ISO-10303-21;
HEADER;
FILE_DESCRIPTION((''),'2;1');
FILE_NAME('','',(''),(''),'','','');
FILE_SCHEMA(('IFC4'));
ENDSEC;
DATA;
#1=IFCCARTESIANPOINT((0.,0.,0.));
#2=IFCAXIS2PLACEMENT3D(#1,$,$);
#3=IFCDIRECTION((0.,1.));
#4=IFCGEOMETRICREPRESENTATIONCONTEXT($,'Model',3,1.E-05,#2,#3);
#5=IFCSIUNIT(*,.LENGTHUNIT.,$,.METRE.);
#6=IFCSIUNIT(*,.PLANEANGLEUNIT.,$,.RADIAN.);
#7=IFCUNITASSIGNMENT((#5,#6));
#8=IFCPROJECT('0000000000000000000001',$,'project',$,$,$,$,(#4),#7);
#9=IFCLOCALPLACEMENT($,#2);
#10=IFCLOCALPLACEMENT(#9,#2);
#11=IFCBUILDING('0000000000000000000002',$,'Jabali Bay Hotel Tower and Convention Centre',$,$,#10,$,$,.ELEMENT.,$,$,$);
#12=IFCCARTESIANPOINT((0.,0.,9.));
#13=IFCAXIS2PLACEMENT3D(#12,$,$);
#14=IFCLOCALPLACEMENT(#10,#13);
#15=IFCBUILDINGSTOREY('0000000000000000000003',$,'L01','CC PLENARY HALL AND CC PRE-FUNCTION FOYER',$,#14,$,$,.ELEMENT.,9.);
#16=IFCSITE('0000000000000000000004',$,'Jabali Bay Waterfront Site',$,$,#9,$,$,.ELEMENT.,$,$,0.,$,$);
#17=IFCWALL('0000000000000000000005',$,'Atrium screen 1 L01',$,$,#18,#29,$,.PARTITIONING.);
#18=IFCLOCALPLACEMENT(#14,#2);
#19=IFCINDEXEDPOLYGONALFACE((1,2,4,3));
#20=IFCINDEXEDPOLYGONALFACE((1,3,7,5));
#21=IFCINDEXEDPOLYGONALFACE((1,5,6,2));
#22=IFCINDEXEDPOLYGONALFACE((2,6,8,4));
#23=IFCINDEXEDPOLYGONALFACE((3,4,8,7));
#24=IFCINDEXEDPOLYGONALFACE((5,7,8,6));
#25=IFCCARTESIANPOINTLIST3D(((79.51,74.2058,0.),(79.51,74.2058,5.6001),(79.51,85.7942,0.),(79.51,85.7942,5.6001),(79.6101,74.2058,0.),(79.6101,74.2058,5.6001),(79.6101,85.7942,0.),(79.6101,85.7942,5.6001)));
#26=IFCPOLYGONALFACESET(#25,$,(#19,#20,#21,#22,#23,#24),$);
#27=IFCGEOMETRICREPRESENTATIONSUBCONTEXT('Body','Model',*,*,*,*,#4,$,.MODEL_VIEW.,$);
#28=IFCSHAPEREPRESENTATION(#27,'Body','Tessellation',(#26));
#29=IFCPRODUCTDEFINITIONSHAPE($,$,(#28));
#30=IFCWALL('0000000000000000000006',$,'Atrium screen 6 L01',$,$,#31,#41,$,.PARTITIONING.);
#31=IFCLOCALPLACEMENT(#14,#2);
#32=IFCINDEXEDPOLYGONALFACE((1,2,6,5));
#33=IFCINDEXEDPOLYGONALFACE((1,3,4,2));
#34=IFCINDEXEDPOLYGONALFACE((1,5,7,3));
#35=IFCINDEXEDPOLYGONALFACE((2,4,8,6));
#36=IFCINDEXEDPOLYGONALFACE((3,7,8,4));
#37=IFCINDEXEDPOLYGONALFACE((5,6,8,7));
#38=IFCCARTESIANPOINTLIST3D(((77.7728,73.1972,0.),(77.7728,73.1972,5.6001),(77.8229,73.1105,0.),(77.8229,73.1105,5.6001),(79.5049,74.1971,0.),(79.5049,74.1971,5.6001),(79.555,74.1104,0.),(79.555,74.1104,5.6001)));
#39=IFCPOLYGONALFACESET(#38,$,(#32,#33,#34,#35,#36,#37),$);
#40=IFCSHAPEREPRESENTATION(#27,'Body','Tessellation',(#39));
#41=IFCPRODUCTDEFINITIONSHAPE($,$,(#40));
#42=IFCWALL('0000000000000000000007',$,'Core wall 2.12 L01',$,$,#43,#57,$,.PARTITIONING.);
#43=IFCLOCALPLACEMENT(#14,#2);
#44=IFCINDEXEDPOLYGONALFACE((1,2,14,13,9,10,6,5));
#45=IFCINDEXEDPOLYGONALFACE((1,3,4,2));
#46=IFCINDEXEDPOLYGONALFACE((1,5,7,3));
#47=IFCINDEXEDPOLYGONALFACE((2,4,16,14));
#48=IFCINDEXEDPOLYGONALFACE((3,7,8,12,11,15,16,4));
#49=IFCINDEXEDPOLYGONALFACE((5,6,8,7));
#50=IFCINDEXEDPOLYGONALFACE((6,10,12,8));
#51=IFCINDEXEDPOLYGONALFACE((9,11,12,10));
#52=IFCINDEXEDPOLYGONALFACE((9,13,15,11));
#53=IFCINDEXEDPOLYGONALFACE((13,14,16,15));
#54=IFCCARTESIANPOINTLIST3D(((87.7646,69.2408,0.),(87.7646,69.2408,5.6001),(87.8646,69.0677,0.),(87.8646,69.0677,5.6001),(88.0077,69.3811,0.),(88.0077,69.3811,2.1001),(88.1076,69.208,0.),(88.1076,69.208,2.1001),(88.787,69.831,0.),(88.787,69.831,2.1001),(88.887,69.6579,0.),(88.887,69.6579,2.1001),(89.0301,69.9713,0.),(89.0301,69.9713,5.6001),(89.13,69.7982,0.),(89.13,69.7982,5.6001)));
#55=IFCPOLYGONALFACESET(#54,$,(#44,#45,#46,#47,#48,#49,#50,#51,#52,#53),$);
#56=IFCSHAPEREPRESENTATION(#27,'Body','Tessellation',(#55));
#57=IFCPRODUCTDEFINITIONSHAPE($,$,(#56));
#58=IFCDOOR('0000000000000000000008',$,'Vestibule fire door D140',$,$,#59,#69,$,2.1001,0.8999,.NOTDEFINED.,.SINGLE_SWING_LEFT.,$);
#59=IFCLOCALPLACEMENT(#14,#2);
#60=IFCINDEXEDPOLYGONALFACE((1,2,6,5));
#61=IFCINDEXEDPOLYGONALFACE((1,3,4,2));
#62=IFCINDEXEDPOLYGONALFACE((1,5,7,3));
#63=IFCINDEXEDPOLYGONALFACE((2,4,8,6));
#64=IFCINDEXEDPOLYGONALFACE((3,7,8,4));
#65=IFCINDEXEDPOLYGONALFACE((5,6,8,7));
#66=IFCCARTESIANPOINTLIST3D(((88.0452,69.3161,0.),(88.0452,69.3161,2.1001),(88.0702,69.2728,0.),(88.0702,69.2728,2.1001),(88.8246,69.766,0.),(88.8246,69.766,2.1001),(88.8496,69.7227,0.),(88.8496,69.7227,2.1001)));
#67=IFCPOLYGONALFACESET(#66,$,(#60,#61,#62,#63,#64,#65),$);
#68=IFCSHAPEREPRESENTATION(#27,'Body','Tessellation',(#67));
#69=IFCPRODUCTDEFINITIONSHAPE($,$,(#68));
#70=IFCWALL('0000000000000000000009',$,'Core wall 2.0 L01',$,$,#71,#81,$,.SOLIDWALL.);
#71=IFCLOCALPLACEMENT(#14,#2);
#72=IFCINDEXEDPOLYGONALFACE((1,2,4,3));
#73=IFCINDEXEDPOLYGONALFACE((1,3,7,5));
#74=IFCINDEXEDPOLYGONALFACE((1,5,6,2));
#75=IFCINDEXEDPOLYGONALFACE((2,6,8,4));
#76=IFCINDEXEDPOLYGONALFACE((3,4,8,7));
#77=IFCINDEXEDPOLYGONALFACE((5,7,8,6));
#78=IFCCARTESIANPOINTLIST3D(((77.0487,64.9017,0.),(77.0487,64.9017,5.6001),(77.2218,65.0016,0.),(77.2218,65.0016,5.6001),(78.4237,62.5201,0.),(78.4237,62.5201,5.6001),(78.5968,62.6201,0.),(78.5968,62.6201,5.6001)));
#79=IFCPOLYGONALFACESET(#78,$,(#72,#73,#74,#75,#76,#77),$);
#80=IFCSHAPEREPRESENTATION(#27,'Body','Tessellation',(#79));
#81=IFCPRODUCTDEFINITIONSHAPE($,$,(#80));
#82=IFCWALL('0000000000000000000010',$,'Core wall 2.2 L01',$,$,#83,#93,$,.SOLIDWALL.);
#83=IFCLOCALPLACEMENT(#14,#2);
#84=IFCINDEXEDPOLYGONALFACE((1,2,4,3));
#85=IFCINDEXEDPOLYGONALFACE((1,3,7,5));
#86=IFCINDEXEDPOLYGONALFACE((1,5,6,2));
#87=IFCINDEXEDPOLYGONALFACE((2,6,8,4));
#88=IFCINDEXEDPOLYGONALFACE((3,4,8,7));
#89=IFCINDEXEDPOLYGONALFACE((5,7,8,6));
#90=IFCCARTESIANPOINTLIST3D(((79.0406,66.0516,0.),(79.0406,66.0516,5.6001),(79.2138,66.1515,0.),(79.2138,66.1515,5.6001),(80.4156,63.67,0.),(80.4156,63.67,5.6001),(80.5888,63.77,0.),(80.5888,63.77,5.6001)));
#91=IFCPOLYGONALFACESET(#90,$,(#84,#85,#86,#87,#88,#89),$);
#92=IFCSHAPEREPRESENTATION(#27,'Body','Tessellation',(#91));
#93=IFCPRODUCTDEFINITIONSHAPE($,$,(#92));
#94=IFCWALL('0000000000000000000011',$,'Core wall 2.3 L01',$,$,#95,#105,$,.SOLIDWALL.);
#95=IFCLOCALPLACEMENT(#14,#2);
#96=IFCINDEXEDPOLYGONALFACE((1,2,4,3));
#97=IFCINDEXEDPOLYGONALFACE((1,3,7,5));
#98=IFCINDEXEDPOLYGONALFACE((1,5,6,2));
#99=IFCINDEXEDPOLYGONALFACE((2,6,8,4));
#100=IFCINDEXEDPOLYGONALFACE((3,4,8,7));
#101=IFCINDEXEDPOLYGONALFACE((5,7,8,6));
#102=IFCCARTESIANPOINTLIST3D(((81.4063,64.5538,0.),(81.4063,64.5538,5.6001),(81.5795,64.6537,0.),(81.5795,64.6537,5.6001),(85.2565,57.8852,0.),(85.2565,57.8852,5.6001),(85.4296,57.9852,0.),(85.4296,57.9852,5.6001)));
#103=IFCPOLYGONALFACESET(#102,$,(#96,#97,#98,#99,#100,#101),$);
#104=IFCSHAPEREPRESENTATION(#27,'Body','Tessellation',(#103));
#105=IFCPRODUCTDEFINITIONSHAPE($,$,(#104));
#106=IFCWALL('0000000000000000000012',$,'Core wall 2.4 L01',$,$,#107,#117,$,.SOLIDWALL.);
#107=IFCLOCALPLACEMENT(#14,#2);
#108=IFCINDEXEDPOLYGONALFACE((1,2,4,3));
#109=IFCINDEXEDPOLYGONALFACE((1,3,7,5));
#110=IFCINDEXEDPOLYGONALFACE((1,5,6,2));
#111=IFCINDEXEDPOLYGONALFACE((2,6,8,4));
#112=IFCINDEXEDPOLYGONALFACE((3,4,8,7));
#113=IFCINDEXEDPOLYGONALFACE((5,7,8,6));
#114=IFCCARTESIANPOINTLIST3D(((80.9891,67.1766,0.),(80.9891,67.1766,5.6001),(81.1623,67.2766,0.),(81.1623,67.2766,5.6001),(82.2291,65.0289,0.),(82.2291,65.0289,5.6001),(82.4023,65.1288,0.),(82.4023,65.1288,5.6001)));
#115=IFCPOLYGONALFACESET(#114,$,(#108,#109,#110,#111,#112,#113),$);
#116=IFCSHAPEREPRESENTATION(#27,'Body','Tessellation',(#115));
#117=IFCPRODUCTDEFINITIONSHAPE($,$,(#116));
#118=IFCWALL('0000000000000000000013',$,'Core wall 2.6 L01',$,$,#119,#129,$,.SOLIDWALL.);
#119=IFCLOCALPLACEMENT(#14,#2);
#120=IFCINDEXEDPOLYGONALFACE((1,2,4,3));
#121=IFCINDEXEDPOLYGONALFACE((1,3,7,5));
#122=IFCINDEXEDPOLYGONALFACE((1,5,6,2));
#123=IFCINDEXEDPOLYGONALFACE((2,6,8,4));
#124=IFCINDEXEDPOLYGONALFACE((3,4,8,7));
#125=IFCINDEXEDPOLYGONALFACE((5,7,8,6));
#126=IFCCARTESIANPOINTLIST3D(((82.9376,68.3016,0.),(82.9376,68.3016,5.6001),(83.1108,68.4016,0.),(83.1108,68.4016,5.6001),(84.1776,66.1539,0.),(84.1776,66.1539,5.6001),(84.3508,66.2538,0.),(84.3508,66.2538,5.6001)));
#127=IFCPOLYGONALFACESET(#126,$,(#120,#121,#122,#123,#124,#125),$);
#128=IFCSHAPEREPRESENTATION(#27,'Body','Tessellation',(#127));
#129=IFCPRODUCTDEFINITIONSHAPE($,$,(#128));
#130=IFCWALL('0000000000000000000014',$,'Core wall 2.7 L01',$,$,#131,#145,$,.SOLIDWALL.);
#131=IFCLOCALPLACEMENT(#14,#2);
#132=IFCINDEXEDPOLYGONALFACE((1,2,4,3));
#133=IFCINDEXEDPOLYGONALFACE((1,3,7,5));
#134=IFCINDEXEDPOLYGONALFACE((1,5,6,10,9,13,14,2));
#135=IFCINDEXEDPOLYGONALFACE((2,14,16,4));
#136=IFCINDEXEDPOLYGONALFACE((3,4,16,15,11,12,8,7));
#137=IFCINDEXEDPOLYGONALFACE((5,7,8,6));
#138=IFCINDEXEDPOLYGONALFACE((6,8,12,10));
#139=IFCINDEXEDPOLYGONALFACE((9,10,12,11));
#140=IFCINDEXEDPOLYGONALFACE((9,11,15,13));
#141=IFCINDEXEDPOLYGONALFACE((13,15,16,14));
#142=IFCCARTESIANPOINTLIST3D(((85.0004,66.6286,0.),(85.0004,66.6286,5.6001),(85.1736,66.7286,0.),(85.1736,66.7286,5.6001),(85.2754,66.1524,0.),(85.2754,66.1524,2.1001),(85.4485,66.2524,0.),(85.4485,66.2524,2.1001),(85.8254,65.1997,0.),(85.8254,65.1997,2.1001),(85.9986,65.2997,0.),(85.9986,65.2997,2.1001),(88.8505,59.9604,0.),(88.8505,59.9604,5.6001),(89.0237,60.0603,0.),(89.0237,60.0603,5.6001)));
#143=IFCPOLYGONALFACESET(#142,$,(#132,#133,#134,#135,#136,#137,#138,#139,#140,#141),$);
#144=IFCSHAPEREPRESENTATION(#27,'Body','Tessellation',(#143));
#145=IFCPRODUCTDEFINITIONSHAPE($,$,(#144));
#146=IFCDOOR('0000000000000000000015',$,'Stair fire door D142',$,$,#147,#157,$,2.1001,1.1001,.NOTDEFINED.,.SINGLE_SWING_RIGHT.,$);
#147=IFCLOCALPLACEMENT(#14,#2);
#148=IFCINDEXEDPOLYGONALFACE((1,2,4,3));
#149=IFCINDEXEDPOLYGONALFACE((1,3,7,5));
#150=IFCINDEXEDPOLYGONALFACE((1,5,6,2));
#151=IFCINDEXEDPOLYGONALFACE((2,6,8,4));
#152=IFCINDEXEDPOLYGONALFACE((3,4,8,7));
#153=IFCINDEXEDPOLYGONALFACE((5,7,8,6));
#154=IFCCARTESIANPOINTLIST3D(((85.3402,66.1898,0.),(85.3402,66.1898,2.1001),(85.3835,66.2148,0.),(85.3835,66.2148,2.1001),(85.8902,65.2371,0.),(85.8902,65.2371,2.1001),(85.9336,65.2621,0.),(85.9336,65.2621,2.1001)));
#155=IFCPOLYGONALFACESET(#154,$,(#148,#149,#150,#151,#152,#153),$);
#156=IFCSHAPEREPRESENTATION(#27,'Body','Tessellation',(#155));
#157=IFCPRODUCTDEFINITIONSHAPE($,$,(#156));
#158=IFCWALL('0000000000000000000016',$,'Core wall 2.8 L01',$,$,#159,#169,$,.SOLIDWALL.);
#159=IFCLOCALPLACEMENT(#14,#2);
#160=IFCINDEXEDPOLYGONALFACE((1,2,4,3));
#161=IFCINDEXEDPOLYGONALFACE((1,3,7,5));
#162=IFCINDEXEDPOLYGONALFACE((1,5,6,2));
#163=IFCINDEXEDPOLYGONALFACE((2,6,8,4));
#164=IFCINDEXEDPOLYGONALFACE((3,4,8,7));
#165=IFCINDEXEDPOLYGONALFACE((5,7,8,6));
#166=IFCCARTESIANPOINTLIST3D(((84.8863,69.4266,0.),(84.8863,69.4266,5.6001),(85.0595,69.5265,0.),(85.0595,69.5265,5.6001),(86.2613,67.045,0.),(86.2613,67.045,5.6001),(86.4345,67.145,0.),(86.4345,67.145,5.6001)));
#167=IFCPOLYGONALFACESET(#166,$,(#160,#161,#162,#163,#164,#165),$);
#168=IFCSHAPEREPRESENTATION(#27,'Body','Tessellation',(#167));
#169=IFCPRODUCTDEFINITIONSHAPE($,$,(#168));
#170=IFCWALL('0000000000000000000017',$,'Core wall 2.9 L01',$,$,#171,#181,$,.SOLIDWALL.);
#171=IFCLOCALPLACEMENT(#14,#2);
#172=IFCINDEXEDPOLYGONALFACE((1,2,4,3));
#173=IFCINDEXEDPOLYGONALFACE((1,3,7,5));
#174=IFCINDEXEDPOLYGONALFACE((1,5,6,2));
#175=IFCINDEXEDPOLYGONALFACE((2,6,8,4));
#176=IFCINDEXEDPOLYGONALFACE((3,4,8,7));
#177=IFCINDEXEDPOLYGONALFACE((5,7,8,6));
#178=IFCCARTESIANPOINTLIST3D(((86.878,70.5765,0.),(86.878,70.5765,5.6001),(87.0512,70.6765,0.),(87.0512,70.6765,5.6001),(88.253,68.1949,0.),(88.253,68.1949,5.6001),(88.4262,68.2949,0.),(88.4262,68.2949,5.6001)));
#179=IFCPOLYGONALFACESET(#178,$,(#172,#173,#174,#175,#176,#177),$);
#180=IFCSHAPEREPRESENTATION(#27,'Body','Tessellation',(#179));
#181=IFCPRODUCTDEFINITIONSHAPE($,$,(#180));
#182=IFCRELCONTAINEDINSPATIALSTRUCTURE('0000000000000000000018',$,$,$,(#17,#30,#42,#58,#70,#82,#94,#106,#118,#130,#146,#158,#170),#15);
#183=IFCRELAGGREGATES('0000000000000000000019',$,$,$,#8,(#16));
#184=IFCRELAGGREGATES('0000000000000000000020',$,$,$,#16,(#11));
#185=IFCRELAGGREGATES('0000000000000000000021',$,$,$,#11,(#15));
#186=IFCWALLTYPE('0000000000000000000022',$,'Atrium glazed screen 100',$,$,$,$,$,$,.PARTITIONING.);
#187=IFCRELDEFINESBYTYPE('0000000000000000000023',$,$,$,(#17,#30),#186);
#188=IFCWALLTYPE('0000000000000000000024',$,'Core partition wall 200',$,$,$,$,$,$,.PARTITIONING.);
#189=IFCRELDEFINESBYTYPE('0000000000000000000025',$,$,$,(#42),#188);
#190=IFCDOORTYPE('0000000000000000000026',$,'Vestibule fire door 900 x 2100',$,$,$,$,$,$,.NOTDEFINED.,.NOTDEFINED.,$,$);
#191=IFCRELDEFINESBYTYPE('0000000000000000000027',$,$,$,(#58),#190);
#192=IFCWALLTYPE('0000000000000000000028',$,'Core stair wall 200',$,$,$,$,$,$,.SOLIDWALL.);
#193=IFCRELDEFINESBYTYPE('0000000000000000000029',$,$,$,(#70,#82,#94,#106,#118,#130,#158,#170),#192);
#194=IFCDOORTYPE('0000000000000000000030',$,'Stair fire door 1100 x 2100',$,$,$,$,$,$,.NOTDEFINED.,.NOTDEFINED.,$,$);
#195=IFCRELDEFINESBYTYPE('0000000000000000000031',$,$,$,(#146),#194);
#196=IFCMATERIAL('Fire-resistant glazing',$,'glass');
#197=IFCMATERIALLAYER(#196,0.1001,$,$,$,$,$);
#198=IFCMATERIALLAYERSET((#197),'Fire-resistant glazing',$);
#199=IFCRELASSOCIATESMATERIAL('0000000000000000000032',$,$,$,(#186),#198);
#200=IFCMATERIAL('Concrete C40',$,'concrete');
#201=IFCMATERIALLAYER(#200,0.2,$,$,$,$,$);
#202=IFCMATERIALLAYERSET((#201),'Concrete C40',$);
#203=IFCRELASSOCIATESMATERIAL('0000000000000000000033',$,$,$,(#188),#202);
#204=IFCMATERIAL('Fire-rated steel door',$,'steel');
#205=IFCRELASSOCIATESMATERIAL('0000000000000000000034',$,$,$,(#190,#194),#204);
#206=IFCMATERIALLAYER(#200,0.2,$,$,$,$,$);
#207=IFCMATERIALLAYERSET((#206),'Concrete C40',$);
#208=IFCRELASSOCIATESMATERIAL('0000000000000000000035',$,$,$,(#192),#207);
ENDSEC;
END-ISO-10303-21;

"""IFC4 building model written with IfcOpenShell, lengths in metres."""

from ifc_helpers import new_model, si_unit, direction, frame, frame_2d, origin, place, context, subcontext, project, spatial, rectangle, extrude, material, layer, layer_set, type_object, element, fill, save


model = new_model("IFC4")

# Units and contexts
model_context = context("Model", 3, precision=1e-05, world=origin(), true_north=direction((0.0, 1.0)))
body_context = subcontext(model_context, "Body", "Model", "MODEL_VIEW")
ifc_project = project(units=[si_unit("LENGTHUNIT", "METRE"), si_unit("PLANEANGLEUNIT", "RADIAN")], contexts=[model_context])

# Site, building, storey
site_placement = place(None, origin())
site = spatial("IfcSite", under=ifc_project, at=site_placement, Name="Jabali Bay Waterfront Site", CompositionType="ELEMENT", RefElevation=0.0)
building_placement = place(site_placement, origin())
building = spatial("IfcBuilding", under=site, at=building_placement, Name="Jabali Bay Hotel Tower and Convention Centre", CompositionType="ELEMENT")
storey_placement = place(building_placement, frame((0.0, 0.0, 9.0)))
storey = spatial("IfcBuildingStorey", under=building, at=storey_placement, Name="L01", Description="CC PLENARY HALL AND CC PRE-FUNCTION FOYER", CompositionType="ELEMENT", Elevation=9.0)

# Walls
ifc_material_1 = material(Name="Fire-resistant glazing", Category="glass")
ifc_layer_1 = layer(ifc_material_1, 0.1001)
ifc_layer_set_1 = layer_set([ifc_layer_1], Name="Fire-resistant glazing")
wall_type_1 = type_object("IfcWallType", Name="Atrium glazed screen 100", PredefinedType="PARTITIONING", material=ifc_layer_set_1)
wall_1_placement = place(storey_placement, frame((79.5601, 74.2058, 0.0), z_axis=(0.0, 0.0, 1.0), x_axis=(0.0, 1.0, 0.0)))
element("IfcWall", 1, at=wall_1_placement, inside=storey, type_object=wall_type_1, Name="Atrium screen 1 L01", PredefinedType="PARTITIONING", context=body_context, shape_type="SweptSolid", body=[
    extrude(rectangle(XDim=11.5884, YDim=0.1001, at=frame_2d((5.7942, 0.0))), origin(), (0.0, 0.0, 1.0), 5.6001),
])
wall_2_placement = place(storey_placement, frame((77.7979, 73.1538, 0.0), z_axis=(0.0, 0.0, 1.0), x_axis=(0.866041, 0.499973, 0.0)))
element("IfcWall", 2, at=wall_2_placement, inside=storey, type_object=wall_type_1, Name="Atrium screen 6 L01", PredefinedType="PARTITIONING", context=body_context, shape_type="SweptSolid", body=[
    extrude(rectangle(XDim=2.0, YDim=0.1001, at=frame_2d((1.0, 0.0))), origin(), (0.0, 0.0, 1.0), 5.6001),
])

# Wall, opening, door
ifc_material_2 = material(Name="Concrete C40", Category="concrete")
ifc_layer_2 = layer(ifc_material_2, 0.2)
ifc_layer_set_2 = layer_set([ifc_layer_2], Name="Concrete C40")
wall_type_2 = type_object("IfcWallType", Name="Core partition wall 200", PredefinedType="PARTITIONING", material=ifc_layer_set_2)
wall_3_placement = place(storey_placement, frame((87.8147, 69.1543, 0.0), z_axis=(0.0, 0.0, 1.0), x_axis=(0.866055, 0.499949, 0.0)))
wall_3 = element("IfcWall", 3, at=wall_3_placement, inside=storey, type_object=wall_type_2, Name="Core wall 2.12 L01", PredefinedType="PARTITIONING", context=body_context, shape_type="SweptSolid", body=[
    extrude(rectangle(XDim=1.4612, YDim=0.2, at=frame_2d((0.7305, 0.0))), origin(), (0.0, 0.0, 1.0), 5.6001),
])
opening_1_placement = place(wall_3_placement, frame((0.2805, 0.0, 0.0)))
opening_1 = element("IfcOpeningElement", 4, at=opening_1_placement, cuts=wall_3, PredefinedType="OPENING", context=body_context, shape_type="SweptSolid", body=[
    extrude(rectangle(XDim=0.8999, YDim=2.1001, at=frame_2d((0.45, 1.05))), frame((0.0, 0.1104, 0.0), z_axis=(0.0, -1.0, 0.0), x_axis=(1.0, 0.0, 0.0)), (0.0, 0.0, 1.0), 0.2209),
])
ifc_material_3 = material(Name="Fire-rated steel door", Category="steel")
door_type_1 = type_object("IfcDoorType", Name="Vestibule fire door 900 x 2100", OperationType="NOTDEFINED", PredefinedType="NOTDEFINED", material=ifc_material_3)
door_1_placement = place(opening_1_placement, origin())
door_1 = element("IfcDoor", 5, at=door_1_placement, inside=storey, type_object=door_type_1, Name="Vestibule fire door D140", OperationType="SINGLE_SWING_LEFT", OverallHeight=2.1001, OverallWidth=0.8999, PredefinedType="NOTDEFINED", context=body_context, shape_type="SweptSolid", body=[
    extrude(rectangle(XDim=0.8999, YDim=2.1001, at=frame_2d((0.45, 1.05))), frame((0.0, 0.0249, 0.0), z_axis=(0.0, -1.0, 0.0), x_axis=(1.0, 0.0, 0.0)), (0.0, 0.0, 1.0), 0.05),
])
fill(opening_1, door_1)

# Walls
ifc_layer_3 = layer(ifc_material_2, 0.2)
ifc_layer_set_3 = layer_set([ifc_layer_3], Name="Concrete C40")
wall_type_3 = type_object("IfcWallType", Name="Core stair wall 200", PredefinedType="SOLIDWALL", material=ifc_layer_set_3)
for number, where, z_axis, x_axis, name in (
    (6, (77.1353, 64.9517, 0.0), (0.0, 0.0, 1.0), (0.499997, -0.866027, 0.0), "Core wall 2.0 L01"),
    (7, (79.1272, 66.1016, 0.0), (0.0, 0.0, 1.0), (0.499997, -0.866027, 0.0), "Core wall 2.2 L01"),
):
    element("IfcWall", number, at=place(storey_placement, frame(where, z_axis=z_axis, x_axis=x_axis)), inside=storey, type_object=wall_type_3, Name=name, PredefinedType="SOLIDWALL", context=body_context, shape_type="SweptSolid", body=[
        extrude(rectangle(XDim=2.75, YDim=0.2, at=frame_2d((1.375, 0.0))), origin(), (0.0, 0.0, 1.0), 5.6001),
    ])
wall_4_placement = place(storey_placement, frame((81.4929, 64.6038, 0.0), z_axis=(0.0, 0.0, 1.0), x_axis=(0.500006, -0.866022, 0.0)))
element("IfcWall", 8, at=wall_4_placement, inside=storey, type_object=wall_type_3, Name="Core wall 2.3 L01", PredefinedType="SOLIDWALL", context=body_context, shape_type="SweptSolid", body=[
    extrude(rectangle(XDim=7.7002, YDim=0.2, at=frame_2d((3.8501, 0.0))), origin(), (0.0, 0.0, 1.0), 5.6001),
])
for number, where, z_axis, x_axis, name in (
    (9, (81.0757, 67.2266, 0.0), (0.0, 0.0, 1.0), (0.500004, -0.866023, 0.0), "Core wall 2.4 L01"),
    (10, (83.0242, 68.3516, 0.0), (0.0, 0.0, 1.0), (0.500004, -0.866023, 0.0), "Core wall 2.6 L01"),
):
    element("IfcWall", number, at=place(storey_placement, frame(where, z_axis=z_axis, x_axis=x_axis)), inside=storey, type_object=wall_type_3, Name=name, PredefinedType="SOLIDWALL", context=body_context, shape_type="SweptSolid", body=[
        extrude(rectangle(XDim=2.48, YDim=0.2, at=frame_2d((1.24, 0.0))), origin(), (0.0, 0.0, 1.0), 5.6001),
    ])

# Wall, opening, door
wall_5_placement = place(storey_placement, frame((85.0869, 66.6787, 0.0), z_axis=(0.0, 0.0, 1.0), x_axis=(0.50002, -0.866014, 0.0)))
wall_5 = element("IfcWall", 11, at=wall_5_placement, inside=storey, type_object=wall_type_3, Name="Core wall 2.7 L01", PredefinedType="SOLIDWALL", context=body_context, shape_type="SweptSolid", body=[
    extrude(rectangle(XDim=7.7, YDim=0.2, at=frame_2d((3.8501, 0.0))), origin(), (0.0, 0.0, 1.0), 5.6001),
])
opening_2_placement = place(wall_5_placement, frame((0.55, 0.0, 0.0)))
opening_2 = element("IfcOpeningElement", 12, at=opening_2_placement, cuts=wall_5, PredefinedType="OPENING", context=body_context, shape_type="SweptSolid", body=[
    extrude(rectangle(XDim=1.1001, YDim=2.1001, at=frame_2d((0.55, 1.05))), frame((0.0, 0.1104, 0.0), z_axis=(0.0, -1.0, 0.0), x_axis=(1.0, 0.0, 0.0)), (0.0, 0.0, 1.0), 0.2209),
])
door_type_2 = type_object("IfcDoorType", Name="Stair fire door 1100 x 2100", OperationType="NOTDEFINED", PredefinedType="NOTDEFINED", material=ifc_material_3)
door_2_placement = place(opening_2_placement, origin())
door_2 = element("IfcDoor", 13, at=door_2_placement, inside=storey, type_object=door_type_2, Name="Stair fire door D142", OperationType="SINGLE_SWING_RIGHT", OverallHeight=2.1001, OverallWidth=1.1001, PredefinedType="NOTDEFINED", context=body_context, shape_type="SweptSolid", body=[
    extrude(rectangle(XDim=1.1001, YDim=2.1001, at=frame_2d((0.55, 1.05))), frame((0.0, 0.0249, 0.0), z_axis=(0.0, -1.0, 0.0), x_axis=(1.0, 0.0, 0.0)), (0.0, 0.0, 1.0), 0.05),
])
fill(opening_2, door_2)

# Walls
for number, where, z_axis, x_axis, name in (
    (14, (84.9729, 69.4766, 0.0), (0.0, 0.0, 1.0), (0.499997, -0.866027, 0.0), "Core wall 2.8 L01"),
    (15, (86.9646, 70.6265, 0.0), (0.0, 0.0, 1.0), (0.499997, -0.866027, 0.0), "Core wall 2.9 L01"),
):
    element("IfcWall", number, at=place(storey_placement, frame(where, z_axis=z_axis, x_axis=x_axis)), inside=storey, type_object=wall_type_3, Name=name, PredefinedType="SOLIDWALL", context=body_context, shape_type="SweptSolid", body=[
        extrude(rectangle(XDim=2.75, YDim=0.2, at=frame_2d((1.375, 0.0))), origin(), (0.0, 0.0, 1.0), 5.6001),
    ])

save(model, "model.ifc")
